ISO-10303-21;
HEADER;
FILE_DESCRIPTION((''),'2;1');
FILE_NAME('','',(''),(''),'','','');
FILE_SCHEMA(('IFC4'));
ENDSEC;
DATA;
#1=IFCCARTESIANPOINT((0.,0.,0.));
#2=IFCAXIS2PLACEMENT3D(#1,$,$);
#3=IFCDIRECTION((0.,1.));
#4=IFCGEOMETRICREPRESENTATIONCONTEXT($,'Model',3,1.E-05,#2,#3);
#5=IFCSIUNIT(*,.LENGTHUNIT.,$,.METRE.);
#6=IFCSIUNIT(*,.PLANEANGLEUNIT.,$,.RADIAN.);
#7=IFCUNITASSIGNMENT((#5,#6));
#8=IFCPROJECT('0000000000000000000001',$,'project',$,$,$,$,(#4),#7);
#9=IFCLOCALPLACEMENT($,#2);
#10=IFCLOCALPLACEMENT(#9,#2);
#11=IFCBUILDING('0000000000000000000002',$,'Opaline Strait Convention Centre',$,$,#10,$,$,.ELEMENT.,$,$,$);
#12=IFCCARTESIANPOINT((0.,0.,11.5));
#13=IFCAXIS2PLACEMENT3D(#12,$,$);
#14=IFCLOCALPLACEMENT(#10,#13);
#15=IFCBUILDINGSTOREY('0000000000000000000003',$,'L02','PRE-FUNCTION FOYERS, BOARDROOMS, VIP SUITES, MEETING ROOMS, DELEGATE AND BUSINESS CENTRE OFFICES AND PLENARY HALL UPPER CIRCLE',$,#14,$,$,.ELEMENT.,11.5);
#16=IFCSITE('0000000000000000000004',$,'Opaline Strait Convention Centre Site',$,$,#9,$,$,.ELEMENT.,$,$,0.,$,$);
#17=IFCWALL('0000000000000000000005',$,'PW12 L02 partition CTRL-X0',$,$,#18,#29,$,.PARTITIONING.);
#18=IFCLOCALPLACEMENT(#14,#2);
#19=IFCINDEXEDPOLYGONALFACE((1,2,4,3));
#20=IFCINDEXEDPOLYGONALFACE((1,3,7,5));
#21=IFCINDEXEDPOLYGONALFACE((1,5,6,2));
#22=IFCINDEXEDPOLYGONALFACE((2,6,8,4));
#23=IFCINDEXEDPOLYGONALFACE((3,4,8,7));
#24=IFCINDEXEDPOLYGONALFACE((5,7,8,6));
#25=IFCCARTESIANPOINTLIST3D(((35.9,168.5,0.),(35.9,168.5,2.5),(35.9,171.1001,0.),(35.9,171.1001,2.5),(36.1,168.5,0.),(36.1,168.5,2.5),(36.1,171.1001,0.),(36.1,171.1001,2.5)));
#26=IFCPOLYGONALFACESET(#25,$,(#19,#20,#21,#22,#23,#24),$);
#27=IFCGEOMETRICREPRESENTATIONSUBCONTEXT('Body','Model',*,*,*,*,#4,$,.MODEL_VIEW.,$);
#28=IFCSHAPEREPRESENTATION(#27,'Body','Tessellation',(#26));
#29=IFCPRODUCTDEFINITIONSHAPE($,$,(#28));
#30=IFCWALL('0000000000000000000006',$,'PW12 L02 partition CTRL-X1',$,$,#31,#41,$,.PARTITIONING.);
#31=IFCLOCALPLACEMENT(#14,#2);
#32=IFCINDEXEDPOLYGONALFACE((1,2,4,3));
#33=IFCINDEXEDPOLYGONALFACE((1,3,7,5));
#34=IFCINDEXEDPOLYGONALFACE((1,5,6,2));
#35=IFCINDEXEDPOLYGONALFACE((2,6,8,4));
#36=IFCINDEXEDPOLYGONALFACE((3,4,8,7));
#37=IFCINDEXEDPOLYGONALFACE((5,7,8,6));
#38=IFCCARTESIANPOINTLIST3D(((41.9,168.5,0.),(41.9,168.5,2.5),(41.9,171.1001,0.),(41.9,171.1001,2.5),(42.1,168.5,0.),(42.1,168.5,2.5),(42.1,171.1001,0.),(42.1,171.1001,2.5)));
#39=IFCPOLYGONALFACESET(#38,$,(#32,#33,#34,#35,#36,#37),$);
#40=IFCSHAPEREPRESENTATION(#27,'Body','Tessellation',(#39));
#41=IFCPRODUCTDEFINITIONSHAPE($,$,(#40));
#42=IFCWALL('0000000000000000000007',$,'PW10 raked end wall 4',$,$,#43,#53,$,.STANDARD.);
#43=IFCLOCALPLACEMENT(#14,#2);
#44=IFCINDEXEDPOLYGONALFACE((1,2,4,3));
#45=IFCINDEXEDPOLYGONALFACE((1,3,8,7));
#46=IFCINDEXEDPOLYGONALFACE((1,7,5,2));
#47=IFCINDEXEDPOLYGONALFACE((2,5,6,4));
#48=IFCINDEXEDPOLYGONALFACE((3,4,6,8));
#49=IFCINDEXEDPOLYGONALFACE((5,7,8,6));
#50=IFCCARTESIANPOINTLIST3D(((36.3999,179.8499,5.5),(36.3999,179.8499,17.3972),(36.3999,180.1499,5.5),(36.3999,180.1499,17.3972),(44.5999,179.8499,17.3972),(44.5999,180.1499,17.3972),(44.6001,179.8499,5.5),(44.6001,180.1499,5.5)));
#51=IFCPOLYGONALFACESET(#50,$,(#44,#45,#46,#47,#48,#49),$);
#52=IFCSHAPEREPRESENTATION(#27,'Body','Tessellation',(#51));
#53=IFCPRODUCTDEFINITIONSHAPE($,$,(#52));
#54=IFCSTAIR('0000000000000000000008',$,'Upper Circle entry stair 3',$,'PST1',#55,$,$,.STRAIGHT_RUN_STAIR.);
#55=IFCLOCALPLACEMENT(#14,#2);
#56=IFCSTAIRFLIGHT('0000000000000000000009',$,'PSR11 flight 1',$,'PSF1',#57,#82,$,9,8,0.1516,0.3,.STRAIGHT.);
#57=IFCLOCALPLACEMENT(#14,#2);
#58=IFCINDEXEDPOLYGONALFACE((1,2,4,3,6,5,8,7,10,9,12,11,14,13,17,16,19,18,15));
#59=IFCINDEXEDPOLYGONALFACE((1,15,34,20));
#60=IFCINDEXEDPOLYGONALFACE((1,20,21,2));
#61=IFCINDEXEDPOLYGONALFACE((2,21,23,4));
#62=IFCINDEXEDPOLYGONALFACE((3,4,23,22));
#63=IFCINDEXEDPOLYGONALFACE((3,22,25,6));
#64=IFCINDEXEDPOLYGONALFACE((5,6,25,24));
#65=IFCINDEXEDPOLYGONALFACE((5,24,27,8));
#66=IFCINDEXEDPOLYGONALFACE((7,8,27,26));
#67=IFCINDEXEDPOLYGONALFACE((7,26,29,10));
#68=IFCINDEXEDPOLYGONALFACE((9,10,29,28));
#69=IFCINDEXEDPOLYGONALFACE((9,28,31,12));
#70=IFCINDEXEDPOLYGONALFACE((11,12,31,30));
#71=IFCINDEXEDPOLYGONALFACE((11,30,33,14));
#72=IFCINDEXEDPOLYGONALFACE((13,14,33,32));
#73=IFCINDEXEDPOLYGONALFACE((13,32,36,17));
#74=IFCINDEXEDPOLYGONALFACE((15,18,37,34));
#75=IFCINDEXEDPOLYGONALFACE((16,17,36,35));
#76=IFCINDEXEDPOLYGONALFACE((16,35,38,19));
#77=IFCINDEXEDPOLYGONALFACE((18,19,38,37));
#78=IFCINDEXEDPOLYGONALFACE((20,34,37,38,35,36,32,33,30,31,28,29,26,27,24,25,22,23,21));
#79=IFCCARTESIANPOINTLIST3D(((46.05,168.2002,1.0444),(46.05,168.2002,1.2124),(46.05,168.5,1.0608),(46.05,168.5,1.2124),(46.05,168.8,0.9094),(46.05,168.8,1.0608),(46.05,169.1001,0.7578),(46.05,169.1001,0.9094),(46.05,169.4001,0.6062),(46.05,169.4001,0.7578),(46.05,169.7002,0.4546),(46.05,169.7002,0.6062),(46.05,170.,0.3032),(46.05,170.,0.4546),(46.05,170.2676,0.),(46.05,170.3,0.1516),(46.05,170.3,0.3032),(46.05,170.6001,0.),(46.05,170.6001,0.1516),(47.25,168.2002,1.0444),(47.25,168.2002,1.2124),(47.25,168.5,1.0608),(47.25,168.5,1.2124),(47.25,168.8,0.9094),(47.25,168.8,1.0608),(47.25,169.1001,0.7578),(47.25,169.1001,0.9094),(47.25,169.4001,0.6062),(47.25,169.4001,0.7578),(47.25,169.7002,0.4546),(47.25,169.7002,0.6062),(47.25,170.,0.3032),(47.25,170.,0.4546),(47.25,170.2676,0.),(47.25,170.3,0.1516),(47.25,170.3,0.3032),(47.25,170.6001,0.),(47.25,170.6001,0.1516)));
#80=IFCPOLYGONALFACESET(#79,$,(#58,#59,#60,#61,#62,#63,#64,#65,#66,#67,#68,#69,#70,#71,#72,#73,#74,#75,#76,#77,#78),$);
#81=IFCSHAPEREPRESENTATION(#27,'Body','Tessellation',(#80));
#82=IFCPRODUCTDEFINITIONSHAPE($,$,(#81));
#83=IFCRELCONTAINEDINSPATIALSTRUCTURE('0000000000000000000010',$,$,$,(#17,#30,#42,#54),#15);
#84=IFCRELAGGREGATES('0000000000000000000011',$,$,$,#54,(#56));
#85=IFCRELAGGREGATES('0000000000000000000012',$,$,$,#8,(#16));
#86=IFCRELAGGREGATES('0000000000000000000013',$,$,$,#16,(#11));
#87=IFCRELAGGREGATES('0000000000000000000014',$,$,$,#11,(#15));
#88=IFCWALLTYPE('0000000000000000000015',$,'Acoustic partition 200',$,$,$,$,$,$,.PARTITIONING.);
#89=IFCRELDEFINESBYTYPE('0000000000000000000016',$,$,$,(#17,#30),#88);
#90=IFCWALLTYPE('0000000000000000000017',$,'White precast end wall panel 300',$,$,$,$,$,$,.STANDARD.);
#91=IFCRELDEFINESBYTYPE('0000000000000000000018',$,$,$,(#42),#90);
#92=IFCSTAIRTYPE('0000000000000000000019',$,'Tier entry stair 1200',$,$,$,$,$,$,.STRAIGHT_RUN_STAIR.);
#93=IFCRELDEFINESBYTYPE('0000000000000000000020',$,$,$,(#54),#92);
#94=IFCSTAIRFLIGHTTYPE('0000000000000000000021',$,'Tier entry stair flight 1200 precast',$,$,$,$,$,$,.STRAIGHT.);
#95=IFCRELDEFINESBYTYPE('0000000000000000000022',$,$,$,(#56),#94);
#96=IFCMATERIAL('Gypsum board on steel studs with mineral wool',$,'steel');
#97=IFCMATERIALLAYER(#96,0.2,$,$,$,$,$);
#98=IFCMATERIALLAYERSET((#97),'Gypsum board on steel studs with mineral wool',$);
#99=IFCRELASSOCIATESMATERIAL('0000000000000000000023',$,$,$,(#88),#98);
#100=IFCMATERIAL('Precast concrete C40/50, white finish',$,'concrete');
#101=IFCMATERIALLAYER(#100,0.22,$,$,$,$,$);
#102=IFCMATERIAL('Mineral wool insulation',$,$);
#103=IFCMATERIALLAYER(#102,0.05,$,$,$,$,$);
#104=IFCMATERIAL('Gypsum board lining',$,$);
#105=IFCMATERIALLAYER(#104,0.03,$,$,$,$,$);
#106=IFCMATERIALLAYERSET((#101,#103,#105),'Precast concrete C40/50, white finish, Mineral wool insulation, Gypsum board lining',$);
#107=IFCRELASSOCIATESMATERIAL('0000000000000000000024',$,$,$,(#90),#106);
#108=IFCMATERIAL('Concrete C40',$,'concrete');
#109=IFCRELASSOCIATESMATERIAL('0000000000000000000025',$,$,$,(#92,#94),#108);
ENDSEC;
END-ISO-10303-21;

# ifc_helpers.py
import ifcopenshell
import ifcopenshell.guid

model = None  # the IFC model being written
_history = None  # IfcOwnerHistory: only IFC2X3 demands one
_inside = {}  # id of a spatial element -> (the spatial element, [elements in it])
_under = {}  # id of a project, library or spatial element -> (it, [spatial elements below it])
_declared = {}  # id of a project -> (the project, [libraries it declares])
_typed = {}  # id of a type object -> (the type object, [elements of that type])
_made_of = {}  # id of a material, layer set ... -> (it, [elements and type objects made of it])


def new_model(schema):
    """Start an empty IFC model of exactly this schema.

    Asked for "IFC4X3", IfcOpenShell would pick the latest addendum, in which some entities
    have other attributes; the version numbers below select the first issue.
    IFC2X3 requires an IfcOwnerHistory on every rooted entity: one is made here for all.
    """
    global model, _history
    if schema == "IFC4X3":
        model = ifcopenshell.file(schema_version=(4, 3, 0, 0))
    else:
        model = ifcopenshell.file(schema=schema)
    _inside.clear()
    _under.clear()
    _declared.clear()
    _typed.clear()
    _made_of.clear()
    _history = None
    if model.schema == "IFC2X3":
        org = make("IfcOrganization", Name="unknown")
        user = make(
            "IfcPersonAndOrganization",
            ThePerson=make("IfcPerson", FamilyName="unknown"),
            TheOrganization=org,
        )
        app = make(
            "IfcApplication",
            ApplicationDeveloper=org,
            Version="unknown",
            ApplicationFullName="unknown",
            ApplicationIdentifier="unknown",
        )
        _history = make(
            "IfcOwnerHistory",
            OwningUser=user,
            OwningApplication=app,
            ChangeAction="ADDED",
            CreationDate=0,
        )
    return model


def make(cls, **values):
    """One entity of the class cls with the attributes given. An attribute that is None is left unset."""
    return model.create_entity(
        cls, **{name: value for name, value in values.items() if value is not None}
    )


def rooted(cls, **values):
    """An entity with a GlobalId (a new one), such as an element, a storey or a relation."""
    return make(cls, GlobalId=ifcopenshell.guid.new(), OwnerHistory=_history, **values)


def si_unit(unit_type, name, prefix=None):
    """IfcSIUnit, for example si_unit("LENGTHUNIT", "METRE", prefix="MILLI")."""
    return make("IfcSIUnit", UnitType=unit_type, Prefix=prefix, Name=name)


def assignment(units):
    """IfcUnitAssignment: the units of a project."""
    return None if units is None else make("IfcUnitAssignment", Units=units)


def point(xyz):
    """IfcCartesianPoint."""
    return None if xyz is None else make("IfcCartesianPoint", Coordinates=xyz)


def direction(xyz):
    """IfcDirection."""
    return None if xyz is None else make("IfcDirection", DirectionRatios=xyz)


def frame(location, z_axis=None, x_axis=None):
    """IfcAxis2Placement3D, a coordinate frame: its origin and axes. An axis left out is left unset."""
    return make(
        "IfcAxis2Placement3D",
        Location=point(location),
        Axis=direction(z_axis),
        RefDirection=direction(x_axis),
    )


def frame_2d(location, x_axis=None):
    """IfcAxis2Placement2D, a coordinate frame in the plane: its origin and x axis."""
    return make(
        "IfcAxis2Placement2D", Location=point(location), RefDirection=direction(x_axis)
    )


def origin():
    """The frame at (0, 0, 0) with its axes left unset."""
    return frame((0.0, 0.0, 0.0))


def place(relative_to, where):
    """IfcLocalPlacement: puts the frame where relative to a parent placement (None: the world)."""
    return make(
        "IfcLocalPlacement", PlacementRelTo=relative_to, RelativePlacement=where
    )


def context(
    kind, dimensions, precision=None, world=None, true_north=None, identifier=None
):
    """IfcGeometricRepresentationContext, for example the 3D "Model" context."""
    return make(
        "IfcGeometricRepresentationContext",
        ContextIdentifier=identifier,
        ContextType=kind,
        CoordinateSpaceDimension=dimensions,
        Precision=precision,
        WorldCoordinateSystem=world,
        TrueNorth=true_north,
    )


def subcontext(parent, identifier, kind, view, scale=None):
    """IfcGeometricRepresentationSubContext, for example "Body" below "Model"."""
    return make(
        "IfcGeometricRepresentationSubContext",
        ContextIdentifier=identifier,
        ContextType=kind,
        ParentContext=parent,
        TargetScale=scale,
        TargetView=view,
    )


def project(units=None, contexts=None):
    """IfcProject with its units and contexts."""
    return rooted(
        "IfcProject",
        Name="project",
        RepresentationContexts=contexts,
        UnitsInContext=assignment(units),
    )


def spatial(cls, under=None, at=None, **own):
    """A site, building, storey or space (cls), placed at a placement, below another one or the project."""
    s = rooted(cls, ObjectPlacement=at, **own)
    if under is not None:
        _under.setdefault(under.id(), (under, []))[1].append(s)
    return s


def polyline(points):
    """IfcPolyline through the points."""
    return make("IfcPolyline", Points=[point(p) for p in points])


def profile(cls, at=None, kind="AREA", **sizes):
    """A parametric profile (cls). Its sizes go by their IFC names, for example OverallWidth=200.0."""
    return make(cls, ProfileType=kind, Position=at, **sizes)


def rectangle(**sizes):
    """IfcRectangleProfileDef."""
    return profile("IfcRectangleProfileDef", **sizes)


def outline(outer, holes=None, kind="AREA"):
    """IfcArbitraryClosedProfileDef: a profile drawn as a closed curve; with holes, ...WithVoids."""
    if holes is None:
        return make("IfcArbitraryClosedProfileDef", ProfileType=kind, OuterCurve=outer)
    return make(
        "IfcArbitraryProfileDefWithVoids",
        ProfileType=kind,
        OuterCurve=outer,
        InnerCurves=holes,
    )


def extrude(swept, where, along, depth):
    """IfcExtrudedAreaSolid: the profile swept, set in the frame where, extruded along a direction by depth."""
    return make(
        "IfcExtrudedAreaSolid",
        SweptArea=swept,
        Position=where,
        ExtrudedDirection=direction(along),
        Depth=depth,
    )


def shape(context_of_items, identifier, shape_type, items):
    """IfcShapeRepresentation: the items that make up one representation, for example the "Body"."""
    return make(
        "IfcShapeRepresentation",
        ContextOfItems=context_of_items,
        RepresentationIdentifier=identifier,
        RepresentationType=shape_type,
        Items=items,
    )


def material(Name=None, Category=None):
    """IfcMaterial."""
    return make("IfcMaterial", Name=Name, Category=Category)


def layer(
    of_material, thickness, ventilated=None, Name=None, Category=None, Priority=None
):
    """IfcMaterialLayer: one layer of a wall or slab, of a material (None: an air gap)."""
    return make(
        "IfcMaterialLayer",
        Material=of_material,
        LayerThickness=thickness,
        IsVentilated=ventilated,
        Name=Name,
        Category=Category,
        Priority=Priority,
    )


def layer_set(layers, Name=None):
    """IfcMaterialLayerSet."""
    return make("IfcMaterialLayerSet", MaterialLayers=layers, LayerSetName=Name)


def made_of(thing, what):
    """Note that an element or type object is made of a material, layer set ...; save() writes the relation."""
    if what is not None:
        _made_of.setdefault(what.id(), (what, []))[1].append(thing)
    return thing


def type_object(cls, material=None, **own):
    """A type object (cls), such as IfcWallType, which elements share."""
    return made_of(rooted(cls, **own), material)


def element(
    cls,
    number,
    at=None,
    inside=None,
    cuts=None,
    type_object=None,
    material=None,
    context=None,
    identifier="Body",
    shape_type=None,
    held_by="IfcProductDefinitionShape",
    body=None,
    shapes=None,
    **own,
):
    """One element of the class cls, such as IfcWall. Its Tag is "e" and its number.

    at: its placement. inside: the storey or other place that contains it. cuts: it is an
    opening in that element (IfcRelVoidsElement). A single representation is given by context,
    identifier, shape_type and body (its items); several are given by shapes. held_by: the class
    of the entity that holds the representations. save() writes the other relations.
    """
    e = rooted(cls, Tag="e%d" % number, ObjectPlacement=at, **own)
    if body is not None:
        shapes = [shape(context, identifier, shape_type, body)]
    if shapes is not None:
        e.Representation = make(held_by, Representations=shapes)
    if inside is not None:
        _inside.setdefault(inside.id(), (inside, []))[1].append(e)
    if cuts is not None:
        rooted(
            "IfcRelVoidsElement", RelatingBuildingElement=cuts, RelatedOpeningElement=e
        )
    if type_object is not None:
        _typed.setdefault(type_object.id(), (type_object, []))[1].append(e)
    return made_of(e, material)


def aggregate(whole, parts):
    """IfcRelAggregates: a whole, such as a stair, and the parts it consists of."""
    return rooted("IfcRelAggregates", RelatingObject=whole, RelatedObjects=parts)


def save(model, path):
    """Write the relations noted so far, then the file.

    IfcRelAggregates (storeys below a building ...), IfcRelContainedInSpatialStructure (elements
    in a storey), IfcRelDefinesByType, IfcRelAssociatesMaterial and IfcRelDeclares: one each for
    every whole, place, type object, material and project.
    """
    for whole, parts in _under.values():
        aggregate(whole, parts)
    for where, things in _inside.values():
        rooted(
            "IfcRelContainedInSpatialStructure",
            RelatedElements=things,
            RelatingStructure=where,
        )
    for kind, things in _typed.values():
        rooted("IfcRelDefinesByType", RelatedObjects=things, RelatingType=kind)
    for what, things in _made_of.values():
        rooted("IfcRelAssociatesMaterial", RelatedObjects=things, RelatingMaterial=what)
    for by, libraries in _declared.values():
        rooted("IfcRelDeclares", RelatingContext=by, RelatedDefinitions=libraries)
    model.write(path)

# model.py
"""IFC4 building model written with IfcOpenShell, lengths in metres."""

from ifc_helpers import new_model, si_unit, direction, frame, frame_2d, origin, place, context, subcontext, project, spatial, polyline, rectangle, outline, extrude, material, layer, layer_set, type_object, element, aggregate, save


model = new_model("IFC4")

# Units and contexts
model_context = context("Model", 3, precision=1e-05, world=origin(), true_north=direction((0.0, 1.0)))
body_context = subcontext(model_context, "Body", "Model", "MODEL_VIEW")
ifc_project = project(units=[si_unit("LENGTHUNIT", "METRE"), si_unit("PLANEANGLEUNIT", "RADIAN")], contexts=[model_context])

# Site, building, storey
site_placement = place(None, origin())
site = spatial("IfcSite", under=ifc_project, at=site_placement, Name="Opaline Strait Convention Centre Site", CompositionType="ELEMENT", RefElevation=0.0)
building_placement = place(site_placement, origin())
building = spatial("IfcBuilding", under=site, at=building_placement, Name="Opaline Strait Convention Centre", CompositionType="ELEMENT")
storey_placement = place(building_placement, frame((0.0, 0.0, 11.5)))
storey = spatial("IfcBuildingStorey", under=building, at=storey_placement, Name="L02", Description="PRE-FUNCTION FOYERS, BOARDROOMS, VIP SUITES, MEETING ROOMS, DELEGATE AND BUSINESS CENTRE OFFICES AND PLENARY HALL UPPER CIRCLE", CompositionType="ELEMENT", Elevation=11.5)

# Shared definitions
ifc_material_1 = material(Name="Concrete C40", Category="concrete")

# Shared definitions
ifc_material_2 = material(Name="Gypsum board on steel studs with mineral wool", Category="steel")
ifc_layer_1 = layer(ifc_material_2, 0.2)
ifc_layer_set_1 = layer_set([ifc_layer_1], Name="Gypsum board on steel studs with mineral wool")
wall_type_1 = type_object("IfcWallType", Name="Acoustic partition 200", PredefinedType="PARTITIONING", material=ifc_layer_set_1)

# Walls
for number, where, z_axis, x_axis, name in (
    (1, (36.0, 168.5, 0.0), (0.0, 0.0, 1.0), (0.0, 1.0, 0.0), "PW12 L02 partition CTRL-X0"),
    (2, (42.0, 168.5, 0.0), (0.0, 0.0, 1.0), (0.0, 1.0, 0.0), "PW12 L02 partition CTRL-X1"),
):
    element("IfcWall", number, at=place(storey_placement, frame(where, z_axis=z_axis, x_axis=x_axis)), inside=storey, type_object=wall_type_1, Name=name, PredefinedType="PARTITIONING", context=body_context, shape_type="SweptSolid", body=[
        extrude(rectangle(XDim=2.6001, YDim=0.2, at=frame_2d((1.3, 0.0))), origin(), (0.0, 0.0, 1.0), 2.5),
    ])
ifc_material_3 = material(Name="Precast concrete C40/50, white finish", Category="concrete")
ifc_layer_2 = layer(ifc_material_3, 0.22)
ifc_material_4 = material(Name="Mineral wool insulation")
ifc_layer_3 = layer(ifc_material_4, 0.05)
ifc_material_5 = material(Name="Gypsum board lining")
ifc_layer_4 = layer(ifc_material_5, 0.03)
ifc_layer_set_2 = layer_set([ifc_layer_2, ifc_layer_3, ifc_layer_4], Name="Precast concrete C40/50, white finish, Mineral wool insulation, Gypsum board lining")
wall_type_2 = type_object("IfcWallType", Name="White precast end wall panel 300", PredefinedType="STANDARD", material=ifc_layer_set_2)
wall_1_placement = place(storey_placement, frame((36.3999, 180.0, 5.5), z_axis=(0.0, 0.0, 1.0), x_axis=(1.0, 0.0, 0.0)))
element("IfcWall", 3, at=wall_1_placement, inside=storey, type_object=wall_type_2, Name="PW10 raked end wall 4", PredefinedType="STANDARD", context=body_context, shape_type="SweptSolid", body=[
    extrude(outline(polyline([(0.0, 0.0), (8.2002, 0.0), (8.2, 11.8972), (0.0, 11.8972), (0.0, 0.0)])), frame((0.0, 0.1499, 0.0), z_axis=(0.0, -1.0, 0.0), x_axis=(1.0, 0.0, 0.0)), (0.0, 0.0, 1.0), 0.3),
])

# Stair, stair flight
stair_type = type_object("IfcStairType", Name="Tier entry stair 1200", PredefinedType="STRAIGHT_RUN_STAIR", material=ifc_material_1)
stair_placement = place(storey_placement, origin())
stair = element("IfcStair", 4, at=stair_placement, inside=storey, type_object=stair_type, Name="Upper Circle entry stair 3", ObjectType="PST1", PredefinedType="STRAIGHT_RUN_STAIR")
stair_flight_type = type_object("IfcStairFlightType", Name="Tier entry stair flight 1200 precast", PredefinedType="STRAIGHT", material=ifc_material_1)
stair_flight_placement = place(storey_placement, frame((46.6499, 170.6001, 0.0), z_axis=(0.0, 0.0, 1.0), x_axis=(0.0, -1.0, 0.0)))
stair_flight = element("IfcStairFlight", 5, at=stair_flight_placement, type_object=stair_flight_type, Name="PSR11 flight 1", ObjectType="PSF1", NumberOfRisers=9, NumberOfTreads=8, PredefinedType="STRAIGHT", RiserHeight=0.1516, TreadLength=0.3, context=body_context, shape_type="SweptSolid", body=[
    extrude(outline(polyline([(0.0, 0.0), (0.0, 0.1516), (0.3, 0.1516), (0.3, 0.3032), (0.6001, 0.3032), (0.6001, 0.4546), (0.8999, 0.4546), (0.8999, 0.6062), (1.2, 0.6062), (1.2, 0.7578), (1.5, 0.7578), (1.5, 0.9094), (1.8, 0.9094), (1.8, 1.0608), (2.1001, 1.0608), (2.1001, 1.2124), (2.3999, 1.2124), (2.3999, 1.364), (2.3999, 1.0444), (0.3325, 0.0), (0.0, 0.0)])), frame((0.0, 0.6001, 0.0), z_axis=(0.0, -1.0, 0.0), x_axis=(1.0, 0.0, 0.0)), (0.0, 0.0, 1.0), 1.2),
])
aggregate(stair, [stair_flight])

save(model, "model.ifc")
